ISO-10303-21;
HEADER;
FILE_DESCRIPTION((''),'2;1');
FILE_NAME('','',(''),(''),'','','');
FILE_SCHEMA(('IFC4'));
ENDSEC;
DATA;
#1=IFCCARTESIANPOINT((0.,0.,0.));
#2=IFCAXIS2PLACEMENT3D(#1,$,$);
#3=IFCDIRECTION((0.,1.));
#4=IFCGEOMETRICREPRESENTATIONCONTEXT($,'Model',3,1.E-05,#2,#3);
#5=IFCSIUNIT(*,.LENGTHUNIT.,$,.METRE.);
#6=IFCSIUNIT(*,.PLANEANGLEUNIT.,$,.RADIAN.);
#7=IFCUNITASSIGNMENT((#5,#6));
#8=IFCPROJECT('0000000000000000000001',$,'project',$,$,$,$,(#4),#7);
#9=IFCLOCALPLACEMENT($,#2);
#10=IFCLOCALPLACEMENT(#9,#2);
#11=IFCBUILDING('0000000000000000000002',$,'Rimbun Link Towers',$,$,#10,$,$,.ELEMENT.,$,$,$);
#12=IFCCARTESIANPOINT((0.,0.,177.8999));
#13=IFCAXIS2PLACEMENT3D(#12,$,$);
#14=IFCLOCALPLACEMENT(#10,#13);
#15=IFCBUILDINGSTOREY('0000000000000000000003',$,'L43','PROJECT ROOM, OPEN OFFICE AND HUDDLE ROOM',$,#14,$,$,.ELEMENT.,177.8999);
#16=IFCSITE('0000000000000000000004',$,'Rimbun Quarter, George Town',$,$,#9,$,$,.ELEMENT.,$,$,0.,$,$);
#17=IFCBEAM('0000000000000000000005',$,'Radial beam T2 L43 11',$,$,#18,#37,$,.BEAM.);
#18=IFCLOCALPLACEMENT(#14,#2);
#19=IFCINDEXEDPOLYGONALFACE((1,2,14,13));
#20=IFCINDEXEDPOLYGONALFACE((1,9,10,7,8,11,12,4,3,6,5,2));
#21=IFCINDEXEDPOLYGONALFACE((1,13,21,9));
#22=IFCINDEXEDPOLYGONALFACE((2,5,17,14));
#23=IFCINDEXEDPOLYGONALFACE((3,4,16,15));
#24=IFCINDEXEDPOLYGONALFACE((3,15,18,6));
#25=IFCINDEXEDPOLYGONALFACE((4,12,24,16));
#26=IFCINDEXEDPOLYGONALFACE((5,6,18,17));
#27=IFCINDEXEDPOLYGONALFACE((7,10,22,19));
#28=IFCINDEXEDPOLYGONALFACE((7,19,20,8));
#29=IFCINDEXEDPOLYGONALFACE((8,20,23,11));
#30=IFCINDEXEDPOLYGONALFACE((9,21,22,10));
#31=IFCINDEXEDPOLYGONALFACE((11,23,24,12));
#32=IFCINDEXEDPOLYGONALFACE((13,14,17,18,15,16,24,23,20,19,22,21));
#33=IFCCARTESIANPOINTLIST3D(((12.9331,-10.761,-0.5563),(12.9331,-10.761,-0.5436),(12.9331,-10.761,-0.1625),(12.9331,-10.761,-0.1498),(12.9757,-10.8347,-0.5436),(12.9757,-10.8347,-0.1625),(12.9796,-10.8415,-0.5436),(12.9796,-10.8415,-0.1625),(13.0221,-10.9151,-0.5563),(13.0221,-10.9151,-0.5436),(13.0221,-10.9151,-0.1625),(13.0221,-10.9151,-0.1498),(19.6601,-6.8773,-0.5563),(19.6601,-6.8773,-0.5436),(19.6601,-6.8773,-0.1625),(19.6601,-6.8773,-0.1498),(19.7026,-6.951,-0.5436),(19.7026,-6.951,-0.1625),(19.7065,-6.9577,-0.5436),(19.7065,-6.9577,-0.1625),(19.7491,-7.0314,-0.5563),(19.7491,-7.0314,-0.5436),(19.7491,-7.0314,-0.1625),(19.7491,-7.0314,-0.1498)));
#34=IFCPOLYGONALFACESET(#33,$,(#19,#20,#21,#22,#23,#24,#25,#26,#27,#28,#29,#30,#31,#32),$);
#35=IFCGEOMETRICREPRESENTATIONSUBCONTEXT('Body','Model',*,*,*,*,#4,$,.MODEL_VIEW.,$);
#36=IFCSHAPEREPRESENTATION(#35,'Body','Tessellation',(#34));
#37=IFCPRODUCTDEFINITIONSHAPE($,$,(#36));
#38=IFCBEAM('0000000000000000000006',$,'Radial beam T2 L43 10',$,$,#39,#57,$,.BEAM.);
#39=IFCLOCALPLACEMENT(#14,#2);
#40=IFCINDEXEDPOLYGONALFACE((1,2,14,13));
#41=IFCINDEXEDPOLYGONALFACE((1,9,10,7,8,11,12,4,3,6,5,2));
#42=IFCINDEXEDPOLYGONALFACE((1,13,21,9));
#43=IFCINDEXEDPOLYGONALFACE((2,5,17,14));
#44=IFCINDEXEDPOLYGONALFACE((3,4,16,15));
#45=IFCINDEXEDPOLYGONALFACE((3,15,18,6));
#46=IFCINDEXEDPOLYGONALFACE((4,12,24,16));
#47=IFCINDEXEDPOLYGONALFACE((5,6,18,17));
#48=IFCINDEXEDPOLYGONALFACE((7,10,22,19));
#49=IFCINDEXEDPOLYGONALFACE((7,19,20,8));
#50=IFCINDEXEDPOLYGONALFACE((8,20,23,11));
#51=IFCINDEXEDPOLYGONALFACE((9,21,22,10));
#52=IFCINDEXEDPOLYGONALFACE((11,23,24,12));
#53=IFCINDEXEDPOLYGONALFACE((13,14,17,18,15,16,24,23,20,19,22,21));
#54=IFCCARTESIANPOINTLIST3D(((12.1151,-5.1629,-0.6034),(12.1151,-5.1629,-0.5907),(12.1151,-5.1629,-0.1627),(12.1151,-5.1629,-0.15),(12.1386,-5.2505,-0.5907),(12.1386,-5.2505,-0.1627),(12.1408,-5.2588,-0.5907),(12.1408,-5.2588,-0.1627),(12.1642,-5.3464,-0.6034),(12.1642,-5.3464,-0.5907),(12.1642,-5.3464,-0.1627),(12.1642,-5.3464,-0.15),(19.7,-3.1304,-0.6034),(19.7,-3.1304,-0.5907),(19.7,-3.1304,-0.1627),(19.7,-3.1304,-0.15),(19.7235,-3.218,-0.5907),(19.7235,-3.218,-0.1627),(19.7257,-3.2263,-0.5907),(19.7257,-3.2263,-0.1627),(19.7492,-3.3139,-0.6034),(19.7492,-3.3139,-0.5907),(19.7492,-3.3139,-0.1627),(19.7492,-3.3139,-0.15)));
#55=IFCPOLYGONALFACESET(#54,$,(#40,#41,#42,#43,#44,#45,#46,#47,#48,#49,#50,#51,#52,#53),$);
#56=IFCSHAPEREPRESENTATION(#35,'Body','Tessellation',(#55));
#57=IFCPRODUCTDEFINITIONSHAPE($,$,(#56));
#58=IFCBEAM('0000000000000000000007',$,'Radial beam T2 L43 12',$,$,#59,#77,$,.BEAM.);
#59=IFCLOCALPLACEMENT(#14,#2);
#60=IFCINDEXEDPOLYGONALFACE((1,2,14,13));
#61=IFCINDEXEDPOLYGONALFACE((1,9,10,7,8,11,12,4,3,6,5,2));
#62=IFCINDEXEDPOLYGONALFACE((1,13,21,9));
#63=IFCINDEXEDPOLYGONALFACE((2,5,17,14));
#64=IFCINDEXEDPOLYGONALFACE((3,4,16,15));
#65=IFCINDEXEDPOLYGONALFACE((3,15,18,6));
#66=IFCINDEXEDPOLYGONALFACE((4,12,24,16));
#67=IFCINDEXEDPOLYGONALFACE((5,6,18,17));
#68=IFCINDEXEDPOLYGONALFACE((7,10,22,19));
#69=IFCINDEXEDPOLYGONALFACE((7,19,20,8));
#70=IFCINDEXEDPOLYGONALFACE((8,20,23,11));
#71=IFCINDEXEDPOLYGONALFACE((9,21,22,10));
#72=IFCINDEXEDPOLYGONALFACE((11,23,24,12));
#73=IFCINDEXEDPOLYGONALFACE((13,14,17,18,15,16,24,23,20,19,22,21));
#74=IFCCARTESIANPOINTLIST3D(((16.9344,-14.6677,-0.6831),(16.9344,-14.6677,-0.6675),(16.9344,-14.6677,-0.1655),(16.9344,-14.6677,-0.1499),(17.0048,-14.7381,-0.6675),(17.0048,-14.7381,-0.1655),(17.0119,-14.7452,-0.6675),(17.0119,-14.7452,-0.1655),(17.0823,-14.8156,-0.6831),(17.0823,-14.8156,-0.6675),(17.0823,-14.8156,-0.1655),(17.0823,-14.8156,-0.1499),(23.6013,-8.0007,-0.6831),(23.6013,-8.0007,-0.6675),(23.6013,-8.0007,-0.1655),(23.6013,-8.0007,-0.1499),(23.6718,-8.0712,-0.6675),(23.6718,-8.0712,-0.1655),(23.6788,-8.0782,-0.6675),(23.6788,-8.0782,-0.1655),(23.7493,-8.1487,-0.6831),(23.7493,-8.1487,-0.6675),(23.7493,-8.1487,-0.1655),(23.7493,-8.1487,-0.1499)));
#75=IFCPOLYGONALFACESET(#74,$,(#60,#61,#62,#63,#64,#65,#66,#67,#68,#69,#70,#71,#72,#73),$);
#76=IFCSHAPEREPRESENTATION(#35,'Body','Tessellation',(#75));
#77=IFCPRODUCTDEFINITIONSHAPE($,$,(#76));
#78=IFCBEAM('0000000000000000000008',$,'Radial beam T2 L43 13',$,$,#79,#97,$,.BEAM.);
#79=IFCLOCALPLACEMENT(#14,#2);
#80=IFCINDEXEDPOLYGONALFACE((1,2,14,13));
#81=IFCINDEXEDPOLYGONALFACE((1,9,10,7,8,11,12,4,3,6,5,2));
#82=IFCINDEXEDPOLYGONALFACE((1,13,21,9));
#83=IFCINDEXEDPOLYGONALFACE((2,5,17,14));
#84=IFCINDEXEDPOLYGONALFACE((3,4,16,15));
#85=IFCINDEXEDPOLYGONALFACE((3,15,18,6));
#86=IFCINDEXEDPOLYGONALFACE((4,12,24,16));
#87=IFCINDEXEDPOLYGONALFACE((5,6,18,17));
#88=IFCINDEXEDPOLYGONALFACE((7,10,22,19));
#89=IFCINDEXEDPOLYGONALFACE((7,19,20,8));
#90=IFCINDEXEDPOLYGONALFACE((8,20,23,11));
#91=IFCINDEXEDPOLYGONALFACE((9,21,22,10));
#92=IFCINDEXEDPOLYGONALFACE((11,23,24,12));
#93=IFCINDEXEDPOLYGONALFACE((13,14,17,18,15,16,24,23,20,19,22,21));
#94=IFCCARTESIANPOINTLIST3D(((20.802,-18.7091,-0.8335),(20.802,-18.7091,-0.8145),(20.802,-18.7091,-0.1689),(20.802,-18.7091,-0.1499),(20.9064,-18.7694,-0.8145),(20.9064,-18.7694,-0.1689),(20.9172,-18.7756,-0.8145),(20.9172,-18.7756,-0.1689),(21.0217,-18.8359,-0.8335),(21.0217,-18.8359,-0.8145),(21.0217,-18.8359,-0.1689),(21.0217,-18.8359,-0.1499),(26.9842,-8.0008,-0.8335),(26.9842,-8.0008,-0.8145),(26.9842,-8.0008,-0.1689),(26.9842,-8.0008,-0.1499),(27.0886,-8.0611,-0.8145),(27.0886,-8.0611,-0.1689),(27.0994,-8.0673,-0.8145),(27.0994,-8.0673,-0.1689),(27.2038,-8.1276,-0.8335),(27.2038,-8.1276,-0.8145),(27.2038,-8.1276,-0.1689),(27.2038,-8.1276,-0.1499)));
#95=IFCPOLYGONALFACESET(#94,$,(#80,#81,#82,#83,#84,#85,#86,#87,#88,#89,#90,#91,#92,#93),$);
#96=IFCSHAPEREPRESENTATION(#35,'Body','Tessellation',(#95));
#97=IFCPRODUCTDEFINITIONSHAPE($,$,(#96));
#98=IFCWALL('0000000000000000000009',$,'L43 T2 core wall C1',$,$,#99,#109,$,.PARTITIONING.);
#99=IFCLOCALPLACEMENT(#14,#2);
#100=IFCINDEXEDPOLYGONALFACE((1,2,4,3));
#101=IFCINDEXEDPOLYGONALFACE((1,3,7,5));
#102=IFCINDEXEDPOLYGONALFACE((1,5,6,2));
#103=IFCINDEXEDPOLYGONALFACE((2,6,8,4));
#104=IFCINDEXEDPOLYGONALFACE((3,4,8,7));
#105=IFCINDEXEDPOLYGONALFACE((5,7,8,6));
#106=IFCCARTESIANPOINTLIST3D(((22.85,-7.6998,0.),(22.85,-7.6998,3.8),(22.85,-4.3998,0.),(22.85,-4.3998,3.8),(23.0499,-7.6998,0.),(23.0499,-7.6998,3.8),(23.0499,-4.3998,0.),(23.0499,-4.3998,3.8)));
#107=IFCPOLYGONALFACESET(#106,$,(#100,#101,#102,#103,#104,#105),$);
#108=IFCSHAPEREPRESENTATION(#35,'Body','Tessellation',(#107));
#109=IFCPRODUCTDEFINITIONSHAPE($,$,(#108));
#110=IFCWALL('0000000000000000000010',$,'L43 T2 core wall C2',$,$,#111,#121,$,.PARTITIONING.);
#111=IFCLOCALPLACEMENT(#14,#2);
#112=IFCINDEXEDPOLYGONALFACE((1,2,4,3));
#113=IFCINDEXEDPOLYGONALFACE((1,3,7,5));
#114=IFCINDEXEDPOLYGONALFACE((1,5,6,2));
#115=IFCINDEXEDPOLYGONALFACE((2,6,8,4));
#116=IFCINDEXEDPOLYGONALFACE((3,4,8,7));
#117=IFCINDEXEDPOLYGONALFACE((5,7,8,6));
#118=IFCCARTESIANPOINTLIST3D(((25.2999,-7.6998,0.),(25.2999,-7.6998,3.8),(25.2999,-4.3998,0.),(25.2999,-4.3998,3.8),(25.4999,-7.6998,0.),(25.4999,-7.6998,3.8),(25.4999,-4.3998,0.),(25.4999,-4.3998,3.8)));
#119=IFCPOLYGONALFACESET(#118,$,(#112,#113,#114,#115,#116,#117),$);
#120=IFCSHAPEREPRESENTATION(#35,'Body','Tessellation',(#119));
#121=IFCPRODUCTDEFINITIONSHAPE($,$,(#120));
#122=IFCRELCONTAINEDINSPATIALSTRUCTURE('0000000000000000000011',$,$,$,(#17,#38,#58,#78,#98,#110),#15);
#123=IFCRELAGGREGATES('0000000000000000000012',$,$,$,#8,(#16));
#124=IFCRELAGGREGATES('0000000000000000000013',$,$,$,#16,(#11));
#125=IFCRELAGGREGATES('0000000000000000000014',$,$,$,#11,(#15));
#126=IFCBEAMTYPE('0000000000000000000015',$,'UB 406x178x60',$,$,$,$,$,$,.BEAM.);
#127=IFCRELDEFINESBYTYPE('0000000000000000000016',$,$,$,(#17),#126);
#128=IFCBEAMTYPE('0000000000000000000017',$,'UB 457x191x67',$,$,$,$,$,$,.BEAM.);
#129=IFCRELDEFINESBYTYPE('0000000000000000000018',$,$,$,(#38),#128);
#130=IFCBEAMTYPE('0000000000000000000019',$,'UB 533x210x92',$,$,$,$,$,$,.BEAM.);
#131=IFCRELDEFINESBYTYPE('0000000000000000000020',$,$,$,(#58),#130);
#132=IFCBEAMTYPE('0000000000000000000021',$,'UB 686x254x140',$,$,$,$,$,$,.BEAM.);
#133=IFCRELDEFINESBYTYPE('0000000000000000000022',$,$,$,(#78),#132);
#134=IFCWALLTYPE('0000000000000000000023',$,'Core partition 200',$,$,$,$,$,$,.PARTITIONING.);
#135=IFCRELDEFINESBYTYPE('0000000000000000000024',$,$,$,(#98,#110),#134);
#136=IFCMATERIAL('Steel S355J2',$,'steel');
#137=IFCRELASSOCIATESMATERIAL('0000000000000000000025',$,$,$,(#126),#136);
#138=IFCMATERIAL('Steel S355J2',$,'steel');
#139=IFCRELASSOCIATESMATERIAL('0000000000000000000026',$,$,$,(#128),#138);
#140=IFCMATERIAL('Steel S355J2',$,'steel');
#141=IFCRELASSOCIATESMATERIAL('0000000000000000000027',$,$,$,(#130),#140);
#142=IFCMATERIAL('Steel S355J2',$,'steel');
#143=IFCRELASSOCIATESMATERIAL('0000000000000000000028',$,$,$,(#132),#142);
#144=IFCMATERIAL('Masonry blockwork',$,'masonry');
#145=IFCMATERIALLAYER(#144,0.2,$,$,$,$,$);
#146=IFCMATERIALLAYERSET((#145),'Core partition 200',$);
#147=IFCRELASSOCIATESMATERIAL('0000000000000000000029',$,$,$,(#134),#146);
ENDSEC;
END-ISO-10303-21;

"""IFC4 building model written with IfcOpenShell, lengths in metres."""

from ifc_helpers import new_model, si_unit, direction, frame, frame_2d, origin, origin_2d, place, context, subcontext, project, spatial, rectangle, i_section, extrude, material, layer, layer_set, material_profile, profile_set, type_object, element, save


model = new_model("IFC4")

# Units and contexts
model_context = context("Model", 3, precision=1e-05, world=origin(), true_north=direction((0.0, 1.0)))
body_context = subcontext(model_context, "Body", "Model", "MODEL_VIEW")
ifc_project = project(units=[si_unit("LENGTHUNIT", "METRE"), si_unit("PLANEANGLEUNIT", "RADIAN")], contexts=[model_context])

# Site, building, storey
site_placement = place(None, origin())
site = spatial("IfcSite", under=ifc_project, at=site_placement, Name="Rimbun Quarter, George Town", CompositionType="ELEMENT", RefElevation=0.0)
building_placement = place(site_placement, origin())
building = spatial("IfcBuilding", under=site, at=building_placement, Name="Rimbun Link Towers", CompositionType="ELEMENT")
storey_placement = place(building_placement, frame((0.0, 0.0, 177.8999)))
storey = spatial("IfcBuildingStorey", under=building, at=storey_placement, Name="L43", Description="PROJECT ROOM, OPEN OFFICE AND HUDDLE ROOM", CompositionType="ELEMENT", Elevation=177.8999)

# Beams
ifc_material_1 = material(Name="Steel S355J2", Category="steel")
ifc_material_profile_1 = material_profile(ifc_material_1, i_section(OverallWidth=0.178, OverallDepth=0.4065, WebThickness=0.0078, FlangeThickness=0.0127, at=origin_2d()), Name="UB 406x178x60")
ifc_profile_set_1 = profile_set([ifc_material_profile_1], Name="Steel S355J2")
beam_type_1 = type_object("IfcBeamType", Name="UB 406x178x60", PredefinedType="BEAM", material=ifc_profile_set_1)
beam_1_placement = place(storey_placement, frame((19.7046, -6.9543, -0.353), z_axis=(-0.86603, -0.499993, 0.0), x_axis=(0.499993, -0.86603, 0.0)))
element("IfcBeam", 1, at=beam_1_placement, inside=storey, type_object=beam_type_1, Name="Radial beam T2 L43 11", PredefinedType="BEAM", context=body_context, shape_type="SweptSolid", body=[
    extrude(i_section(OverallWidth=0.178, OverallDepth=0.4065, WebThickness=0.0078, FlangeThickness=0.0127, at=origin_2d()), origin(), (0.0, 0.0, 1.0), 7.7676),
])
ifc_material_2 = material(Name="Steel S355J2", Category="steel")
ifc_material_profile_2 = material_profile(ifc_material_2, i_section(OverallWidth=0.1899, OverallDepth=0.4534, WebThickness=0.0085, FlangeThickness=0.0127, at=origin_2d()), Name="UB 457x191x67")
ifc_profile_set_2 = profile_set([ifc_material_profile_2], Name="Steel S355J2")
beam_type_2 = type_object("IfcBeamType", Name="UB 457x191x67", PredefinedType="BEAM", material=ifc_profile_set_2)
beam_2_placement = place(storey_placement, frame((19.7246, -3.2222, -0.3767), z_axis=(-0.965923, -0.258829, 0.0), x_axis=(0.258829, -0.965923, 0.0)))
element("IfcBeam", 2, at=beam_2_placement, inside=storey, type_object=beam_type_2, Name="Radial beam T2 L43 10", PredefinedType="BEAM", context=body_context, shape_type="SweptSolid", body=[
    extrude(i_section(OverallWidth=0.1899, OverallDepth=0.4534, WebThickness=0.0085, FlangeThickness=0.0127, at=origin_2d()), origin(), (0.0, 0.0, 1.0), 7.8525),
])
ifc_material_3 = material(Name="Steel S355J2", Category="steel")
ifc_material_profile_3 = material_profile(ifc_material_3, i_section(OverallWidth=0.2092, OverallDepth=0.5332, WebThickness=0.01, FlangeThickness=0.0156, at=origin_2d()), Name="UB 533x210x92")
ifc_profile_set_3 = profile_set([ifc_material_profile_3], Name="Steel S355J2")
beam_type_3 = type_object("IfcBeamType", Name="UB 533x210x92", PredefinedType="BEAM", material=ifc_profile_set_3)
beam_3_placement = place(storey_placement, frame((23.6753, -8.0747, -0.4165), z_axis=(-0.707107, -0.707107, 0.0), x_axis=(0.707107, -0.707107, 0.0)))
element("IfcBeam", 3, at=beam_3_placement, inside=storey, type_object=beam_type_3, Name="Radial beam T2 L43 12", PredefinedType="BEAM", context=body_context, shape_type="SweptSolid", body=[
    extrude(i_section(OverallWidth=0.2092, OverallDepth=0.5332, WebThickness=0.01, FlangeThickness=0.0156, at=origin_2d()), origin(), (0.0, 0.0, 1.0), 9.4285),
])
ifc_material_4 = material(Name="Steel S355J2", Category="steel")
ifc_material_profile_4 = material_profile(ifc_material_4, i_section(OverallWidth=0.2537, OverallDepth=0.6836, WebThickness=0.0125, FlangeThickness=0.019, at=origin_2d()), Name="UB 686x254x140")
ifc_profile_set_4 = profile_set([ifc_material_profile_4], Name="Steel S355J2")
beam_type_4 = type_object("IfcBeamType", Name="UB 686x254x140", PredefinedType="BEAM", material=ifc_profile_set_4)
beam_4_placement = place(storey_placement, frame((27.094, -8.0642, -0.4917), z_axis=(-0.499983, -0.866035, 0.0), x_axis=(0.866035, -0.499983, 0.0)))
element("IfcBeam", 4, at=beam_4_placement, inside=storey, type_object=beam_type_4, Name="Radial beam T2 L43 13", PredefinedType="BEAM", context=body_context, shape_type="SweptSolid", body=[
    extrude(i_section(OverallWidth=0.2537, OverallDepth=0.6836, WebThickness=0.0125, FlangeThickness=0.019, at=origin_2d()), origin(), (0.0, 0.0, 1.0), 12.3647),
])

# Walls
ifc_material_5 = material(Name="Masonry blockwork", Category="masonry")
ifc_layer_1 = layer(ifc_material_5, 0.2)
ifc_layer_set_1 = layer_set([ifc_layer_1], Name="Core partition 200")
wall_type_1 = type_object("IfcWallType", Name="Core partition 200", PredefinedType="PARTITIONING", material=ifc_layer_set_1)
for number, where, z_axis, x_axis, name in (
    (5, (22.95, -4.3999, 0.0), (0.0, 0.0, 1.0), (0.0, -1.0, 0.0), "L43 T2 core wall C1"),
    (6, (25.3999, -4.3999, 0.0), (0.0, 0.0, 1.0), (0.0, -1.0, 0.0), "L43 T2 core wall C2"),
):
    element("IfcWall", number, at=place(storey_placement, frame(where, z_axis=z_axis, x_axis=x_axis)), inside=storey, type_object=wall_type_1, Name=name, PredefinedType="PARTITIONING", context=body_context, shape_type="SweptSolid", body=[
        extrude(rectangle(XDim=3.3, YDim=0.2, at=frame_2d((1.6499, 0.0))), origin(), (0.0, 0.0, 1.0), 3.8),
    ])

save(model, "model.ifc")
